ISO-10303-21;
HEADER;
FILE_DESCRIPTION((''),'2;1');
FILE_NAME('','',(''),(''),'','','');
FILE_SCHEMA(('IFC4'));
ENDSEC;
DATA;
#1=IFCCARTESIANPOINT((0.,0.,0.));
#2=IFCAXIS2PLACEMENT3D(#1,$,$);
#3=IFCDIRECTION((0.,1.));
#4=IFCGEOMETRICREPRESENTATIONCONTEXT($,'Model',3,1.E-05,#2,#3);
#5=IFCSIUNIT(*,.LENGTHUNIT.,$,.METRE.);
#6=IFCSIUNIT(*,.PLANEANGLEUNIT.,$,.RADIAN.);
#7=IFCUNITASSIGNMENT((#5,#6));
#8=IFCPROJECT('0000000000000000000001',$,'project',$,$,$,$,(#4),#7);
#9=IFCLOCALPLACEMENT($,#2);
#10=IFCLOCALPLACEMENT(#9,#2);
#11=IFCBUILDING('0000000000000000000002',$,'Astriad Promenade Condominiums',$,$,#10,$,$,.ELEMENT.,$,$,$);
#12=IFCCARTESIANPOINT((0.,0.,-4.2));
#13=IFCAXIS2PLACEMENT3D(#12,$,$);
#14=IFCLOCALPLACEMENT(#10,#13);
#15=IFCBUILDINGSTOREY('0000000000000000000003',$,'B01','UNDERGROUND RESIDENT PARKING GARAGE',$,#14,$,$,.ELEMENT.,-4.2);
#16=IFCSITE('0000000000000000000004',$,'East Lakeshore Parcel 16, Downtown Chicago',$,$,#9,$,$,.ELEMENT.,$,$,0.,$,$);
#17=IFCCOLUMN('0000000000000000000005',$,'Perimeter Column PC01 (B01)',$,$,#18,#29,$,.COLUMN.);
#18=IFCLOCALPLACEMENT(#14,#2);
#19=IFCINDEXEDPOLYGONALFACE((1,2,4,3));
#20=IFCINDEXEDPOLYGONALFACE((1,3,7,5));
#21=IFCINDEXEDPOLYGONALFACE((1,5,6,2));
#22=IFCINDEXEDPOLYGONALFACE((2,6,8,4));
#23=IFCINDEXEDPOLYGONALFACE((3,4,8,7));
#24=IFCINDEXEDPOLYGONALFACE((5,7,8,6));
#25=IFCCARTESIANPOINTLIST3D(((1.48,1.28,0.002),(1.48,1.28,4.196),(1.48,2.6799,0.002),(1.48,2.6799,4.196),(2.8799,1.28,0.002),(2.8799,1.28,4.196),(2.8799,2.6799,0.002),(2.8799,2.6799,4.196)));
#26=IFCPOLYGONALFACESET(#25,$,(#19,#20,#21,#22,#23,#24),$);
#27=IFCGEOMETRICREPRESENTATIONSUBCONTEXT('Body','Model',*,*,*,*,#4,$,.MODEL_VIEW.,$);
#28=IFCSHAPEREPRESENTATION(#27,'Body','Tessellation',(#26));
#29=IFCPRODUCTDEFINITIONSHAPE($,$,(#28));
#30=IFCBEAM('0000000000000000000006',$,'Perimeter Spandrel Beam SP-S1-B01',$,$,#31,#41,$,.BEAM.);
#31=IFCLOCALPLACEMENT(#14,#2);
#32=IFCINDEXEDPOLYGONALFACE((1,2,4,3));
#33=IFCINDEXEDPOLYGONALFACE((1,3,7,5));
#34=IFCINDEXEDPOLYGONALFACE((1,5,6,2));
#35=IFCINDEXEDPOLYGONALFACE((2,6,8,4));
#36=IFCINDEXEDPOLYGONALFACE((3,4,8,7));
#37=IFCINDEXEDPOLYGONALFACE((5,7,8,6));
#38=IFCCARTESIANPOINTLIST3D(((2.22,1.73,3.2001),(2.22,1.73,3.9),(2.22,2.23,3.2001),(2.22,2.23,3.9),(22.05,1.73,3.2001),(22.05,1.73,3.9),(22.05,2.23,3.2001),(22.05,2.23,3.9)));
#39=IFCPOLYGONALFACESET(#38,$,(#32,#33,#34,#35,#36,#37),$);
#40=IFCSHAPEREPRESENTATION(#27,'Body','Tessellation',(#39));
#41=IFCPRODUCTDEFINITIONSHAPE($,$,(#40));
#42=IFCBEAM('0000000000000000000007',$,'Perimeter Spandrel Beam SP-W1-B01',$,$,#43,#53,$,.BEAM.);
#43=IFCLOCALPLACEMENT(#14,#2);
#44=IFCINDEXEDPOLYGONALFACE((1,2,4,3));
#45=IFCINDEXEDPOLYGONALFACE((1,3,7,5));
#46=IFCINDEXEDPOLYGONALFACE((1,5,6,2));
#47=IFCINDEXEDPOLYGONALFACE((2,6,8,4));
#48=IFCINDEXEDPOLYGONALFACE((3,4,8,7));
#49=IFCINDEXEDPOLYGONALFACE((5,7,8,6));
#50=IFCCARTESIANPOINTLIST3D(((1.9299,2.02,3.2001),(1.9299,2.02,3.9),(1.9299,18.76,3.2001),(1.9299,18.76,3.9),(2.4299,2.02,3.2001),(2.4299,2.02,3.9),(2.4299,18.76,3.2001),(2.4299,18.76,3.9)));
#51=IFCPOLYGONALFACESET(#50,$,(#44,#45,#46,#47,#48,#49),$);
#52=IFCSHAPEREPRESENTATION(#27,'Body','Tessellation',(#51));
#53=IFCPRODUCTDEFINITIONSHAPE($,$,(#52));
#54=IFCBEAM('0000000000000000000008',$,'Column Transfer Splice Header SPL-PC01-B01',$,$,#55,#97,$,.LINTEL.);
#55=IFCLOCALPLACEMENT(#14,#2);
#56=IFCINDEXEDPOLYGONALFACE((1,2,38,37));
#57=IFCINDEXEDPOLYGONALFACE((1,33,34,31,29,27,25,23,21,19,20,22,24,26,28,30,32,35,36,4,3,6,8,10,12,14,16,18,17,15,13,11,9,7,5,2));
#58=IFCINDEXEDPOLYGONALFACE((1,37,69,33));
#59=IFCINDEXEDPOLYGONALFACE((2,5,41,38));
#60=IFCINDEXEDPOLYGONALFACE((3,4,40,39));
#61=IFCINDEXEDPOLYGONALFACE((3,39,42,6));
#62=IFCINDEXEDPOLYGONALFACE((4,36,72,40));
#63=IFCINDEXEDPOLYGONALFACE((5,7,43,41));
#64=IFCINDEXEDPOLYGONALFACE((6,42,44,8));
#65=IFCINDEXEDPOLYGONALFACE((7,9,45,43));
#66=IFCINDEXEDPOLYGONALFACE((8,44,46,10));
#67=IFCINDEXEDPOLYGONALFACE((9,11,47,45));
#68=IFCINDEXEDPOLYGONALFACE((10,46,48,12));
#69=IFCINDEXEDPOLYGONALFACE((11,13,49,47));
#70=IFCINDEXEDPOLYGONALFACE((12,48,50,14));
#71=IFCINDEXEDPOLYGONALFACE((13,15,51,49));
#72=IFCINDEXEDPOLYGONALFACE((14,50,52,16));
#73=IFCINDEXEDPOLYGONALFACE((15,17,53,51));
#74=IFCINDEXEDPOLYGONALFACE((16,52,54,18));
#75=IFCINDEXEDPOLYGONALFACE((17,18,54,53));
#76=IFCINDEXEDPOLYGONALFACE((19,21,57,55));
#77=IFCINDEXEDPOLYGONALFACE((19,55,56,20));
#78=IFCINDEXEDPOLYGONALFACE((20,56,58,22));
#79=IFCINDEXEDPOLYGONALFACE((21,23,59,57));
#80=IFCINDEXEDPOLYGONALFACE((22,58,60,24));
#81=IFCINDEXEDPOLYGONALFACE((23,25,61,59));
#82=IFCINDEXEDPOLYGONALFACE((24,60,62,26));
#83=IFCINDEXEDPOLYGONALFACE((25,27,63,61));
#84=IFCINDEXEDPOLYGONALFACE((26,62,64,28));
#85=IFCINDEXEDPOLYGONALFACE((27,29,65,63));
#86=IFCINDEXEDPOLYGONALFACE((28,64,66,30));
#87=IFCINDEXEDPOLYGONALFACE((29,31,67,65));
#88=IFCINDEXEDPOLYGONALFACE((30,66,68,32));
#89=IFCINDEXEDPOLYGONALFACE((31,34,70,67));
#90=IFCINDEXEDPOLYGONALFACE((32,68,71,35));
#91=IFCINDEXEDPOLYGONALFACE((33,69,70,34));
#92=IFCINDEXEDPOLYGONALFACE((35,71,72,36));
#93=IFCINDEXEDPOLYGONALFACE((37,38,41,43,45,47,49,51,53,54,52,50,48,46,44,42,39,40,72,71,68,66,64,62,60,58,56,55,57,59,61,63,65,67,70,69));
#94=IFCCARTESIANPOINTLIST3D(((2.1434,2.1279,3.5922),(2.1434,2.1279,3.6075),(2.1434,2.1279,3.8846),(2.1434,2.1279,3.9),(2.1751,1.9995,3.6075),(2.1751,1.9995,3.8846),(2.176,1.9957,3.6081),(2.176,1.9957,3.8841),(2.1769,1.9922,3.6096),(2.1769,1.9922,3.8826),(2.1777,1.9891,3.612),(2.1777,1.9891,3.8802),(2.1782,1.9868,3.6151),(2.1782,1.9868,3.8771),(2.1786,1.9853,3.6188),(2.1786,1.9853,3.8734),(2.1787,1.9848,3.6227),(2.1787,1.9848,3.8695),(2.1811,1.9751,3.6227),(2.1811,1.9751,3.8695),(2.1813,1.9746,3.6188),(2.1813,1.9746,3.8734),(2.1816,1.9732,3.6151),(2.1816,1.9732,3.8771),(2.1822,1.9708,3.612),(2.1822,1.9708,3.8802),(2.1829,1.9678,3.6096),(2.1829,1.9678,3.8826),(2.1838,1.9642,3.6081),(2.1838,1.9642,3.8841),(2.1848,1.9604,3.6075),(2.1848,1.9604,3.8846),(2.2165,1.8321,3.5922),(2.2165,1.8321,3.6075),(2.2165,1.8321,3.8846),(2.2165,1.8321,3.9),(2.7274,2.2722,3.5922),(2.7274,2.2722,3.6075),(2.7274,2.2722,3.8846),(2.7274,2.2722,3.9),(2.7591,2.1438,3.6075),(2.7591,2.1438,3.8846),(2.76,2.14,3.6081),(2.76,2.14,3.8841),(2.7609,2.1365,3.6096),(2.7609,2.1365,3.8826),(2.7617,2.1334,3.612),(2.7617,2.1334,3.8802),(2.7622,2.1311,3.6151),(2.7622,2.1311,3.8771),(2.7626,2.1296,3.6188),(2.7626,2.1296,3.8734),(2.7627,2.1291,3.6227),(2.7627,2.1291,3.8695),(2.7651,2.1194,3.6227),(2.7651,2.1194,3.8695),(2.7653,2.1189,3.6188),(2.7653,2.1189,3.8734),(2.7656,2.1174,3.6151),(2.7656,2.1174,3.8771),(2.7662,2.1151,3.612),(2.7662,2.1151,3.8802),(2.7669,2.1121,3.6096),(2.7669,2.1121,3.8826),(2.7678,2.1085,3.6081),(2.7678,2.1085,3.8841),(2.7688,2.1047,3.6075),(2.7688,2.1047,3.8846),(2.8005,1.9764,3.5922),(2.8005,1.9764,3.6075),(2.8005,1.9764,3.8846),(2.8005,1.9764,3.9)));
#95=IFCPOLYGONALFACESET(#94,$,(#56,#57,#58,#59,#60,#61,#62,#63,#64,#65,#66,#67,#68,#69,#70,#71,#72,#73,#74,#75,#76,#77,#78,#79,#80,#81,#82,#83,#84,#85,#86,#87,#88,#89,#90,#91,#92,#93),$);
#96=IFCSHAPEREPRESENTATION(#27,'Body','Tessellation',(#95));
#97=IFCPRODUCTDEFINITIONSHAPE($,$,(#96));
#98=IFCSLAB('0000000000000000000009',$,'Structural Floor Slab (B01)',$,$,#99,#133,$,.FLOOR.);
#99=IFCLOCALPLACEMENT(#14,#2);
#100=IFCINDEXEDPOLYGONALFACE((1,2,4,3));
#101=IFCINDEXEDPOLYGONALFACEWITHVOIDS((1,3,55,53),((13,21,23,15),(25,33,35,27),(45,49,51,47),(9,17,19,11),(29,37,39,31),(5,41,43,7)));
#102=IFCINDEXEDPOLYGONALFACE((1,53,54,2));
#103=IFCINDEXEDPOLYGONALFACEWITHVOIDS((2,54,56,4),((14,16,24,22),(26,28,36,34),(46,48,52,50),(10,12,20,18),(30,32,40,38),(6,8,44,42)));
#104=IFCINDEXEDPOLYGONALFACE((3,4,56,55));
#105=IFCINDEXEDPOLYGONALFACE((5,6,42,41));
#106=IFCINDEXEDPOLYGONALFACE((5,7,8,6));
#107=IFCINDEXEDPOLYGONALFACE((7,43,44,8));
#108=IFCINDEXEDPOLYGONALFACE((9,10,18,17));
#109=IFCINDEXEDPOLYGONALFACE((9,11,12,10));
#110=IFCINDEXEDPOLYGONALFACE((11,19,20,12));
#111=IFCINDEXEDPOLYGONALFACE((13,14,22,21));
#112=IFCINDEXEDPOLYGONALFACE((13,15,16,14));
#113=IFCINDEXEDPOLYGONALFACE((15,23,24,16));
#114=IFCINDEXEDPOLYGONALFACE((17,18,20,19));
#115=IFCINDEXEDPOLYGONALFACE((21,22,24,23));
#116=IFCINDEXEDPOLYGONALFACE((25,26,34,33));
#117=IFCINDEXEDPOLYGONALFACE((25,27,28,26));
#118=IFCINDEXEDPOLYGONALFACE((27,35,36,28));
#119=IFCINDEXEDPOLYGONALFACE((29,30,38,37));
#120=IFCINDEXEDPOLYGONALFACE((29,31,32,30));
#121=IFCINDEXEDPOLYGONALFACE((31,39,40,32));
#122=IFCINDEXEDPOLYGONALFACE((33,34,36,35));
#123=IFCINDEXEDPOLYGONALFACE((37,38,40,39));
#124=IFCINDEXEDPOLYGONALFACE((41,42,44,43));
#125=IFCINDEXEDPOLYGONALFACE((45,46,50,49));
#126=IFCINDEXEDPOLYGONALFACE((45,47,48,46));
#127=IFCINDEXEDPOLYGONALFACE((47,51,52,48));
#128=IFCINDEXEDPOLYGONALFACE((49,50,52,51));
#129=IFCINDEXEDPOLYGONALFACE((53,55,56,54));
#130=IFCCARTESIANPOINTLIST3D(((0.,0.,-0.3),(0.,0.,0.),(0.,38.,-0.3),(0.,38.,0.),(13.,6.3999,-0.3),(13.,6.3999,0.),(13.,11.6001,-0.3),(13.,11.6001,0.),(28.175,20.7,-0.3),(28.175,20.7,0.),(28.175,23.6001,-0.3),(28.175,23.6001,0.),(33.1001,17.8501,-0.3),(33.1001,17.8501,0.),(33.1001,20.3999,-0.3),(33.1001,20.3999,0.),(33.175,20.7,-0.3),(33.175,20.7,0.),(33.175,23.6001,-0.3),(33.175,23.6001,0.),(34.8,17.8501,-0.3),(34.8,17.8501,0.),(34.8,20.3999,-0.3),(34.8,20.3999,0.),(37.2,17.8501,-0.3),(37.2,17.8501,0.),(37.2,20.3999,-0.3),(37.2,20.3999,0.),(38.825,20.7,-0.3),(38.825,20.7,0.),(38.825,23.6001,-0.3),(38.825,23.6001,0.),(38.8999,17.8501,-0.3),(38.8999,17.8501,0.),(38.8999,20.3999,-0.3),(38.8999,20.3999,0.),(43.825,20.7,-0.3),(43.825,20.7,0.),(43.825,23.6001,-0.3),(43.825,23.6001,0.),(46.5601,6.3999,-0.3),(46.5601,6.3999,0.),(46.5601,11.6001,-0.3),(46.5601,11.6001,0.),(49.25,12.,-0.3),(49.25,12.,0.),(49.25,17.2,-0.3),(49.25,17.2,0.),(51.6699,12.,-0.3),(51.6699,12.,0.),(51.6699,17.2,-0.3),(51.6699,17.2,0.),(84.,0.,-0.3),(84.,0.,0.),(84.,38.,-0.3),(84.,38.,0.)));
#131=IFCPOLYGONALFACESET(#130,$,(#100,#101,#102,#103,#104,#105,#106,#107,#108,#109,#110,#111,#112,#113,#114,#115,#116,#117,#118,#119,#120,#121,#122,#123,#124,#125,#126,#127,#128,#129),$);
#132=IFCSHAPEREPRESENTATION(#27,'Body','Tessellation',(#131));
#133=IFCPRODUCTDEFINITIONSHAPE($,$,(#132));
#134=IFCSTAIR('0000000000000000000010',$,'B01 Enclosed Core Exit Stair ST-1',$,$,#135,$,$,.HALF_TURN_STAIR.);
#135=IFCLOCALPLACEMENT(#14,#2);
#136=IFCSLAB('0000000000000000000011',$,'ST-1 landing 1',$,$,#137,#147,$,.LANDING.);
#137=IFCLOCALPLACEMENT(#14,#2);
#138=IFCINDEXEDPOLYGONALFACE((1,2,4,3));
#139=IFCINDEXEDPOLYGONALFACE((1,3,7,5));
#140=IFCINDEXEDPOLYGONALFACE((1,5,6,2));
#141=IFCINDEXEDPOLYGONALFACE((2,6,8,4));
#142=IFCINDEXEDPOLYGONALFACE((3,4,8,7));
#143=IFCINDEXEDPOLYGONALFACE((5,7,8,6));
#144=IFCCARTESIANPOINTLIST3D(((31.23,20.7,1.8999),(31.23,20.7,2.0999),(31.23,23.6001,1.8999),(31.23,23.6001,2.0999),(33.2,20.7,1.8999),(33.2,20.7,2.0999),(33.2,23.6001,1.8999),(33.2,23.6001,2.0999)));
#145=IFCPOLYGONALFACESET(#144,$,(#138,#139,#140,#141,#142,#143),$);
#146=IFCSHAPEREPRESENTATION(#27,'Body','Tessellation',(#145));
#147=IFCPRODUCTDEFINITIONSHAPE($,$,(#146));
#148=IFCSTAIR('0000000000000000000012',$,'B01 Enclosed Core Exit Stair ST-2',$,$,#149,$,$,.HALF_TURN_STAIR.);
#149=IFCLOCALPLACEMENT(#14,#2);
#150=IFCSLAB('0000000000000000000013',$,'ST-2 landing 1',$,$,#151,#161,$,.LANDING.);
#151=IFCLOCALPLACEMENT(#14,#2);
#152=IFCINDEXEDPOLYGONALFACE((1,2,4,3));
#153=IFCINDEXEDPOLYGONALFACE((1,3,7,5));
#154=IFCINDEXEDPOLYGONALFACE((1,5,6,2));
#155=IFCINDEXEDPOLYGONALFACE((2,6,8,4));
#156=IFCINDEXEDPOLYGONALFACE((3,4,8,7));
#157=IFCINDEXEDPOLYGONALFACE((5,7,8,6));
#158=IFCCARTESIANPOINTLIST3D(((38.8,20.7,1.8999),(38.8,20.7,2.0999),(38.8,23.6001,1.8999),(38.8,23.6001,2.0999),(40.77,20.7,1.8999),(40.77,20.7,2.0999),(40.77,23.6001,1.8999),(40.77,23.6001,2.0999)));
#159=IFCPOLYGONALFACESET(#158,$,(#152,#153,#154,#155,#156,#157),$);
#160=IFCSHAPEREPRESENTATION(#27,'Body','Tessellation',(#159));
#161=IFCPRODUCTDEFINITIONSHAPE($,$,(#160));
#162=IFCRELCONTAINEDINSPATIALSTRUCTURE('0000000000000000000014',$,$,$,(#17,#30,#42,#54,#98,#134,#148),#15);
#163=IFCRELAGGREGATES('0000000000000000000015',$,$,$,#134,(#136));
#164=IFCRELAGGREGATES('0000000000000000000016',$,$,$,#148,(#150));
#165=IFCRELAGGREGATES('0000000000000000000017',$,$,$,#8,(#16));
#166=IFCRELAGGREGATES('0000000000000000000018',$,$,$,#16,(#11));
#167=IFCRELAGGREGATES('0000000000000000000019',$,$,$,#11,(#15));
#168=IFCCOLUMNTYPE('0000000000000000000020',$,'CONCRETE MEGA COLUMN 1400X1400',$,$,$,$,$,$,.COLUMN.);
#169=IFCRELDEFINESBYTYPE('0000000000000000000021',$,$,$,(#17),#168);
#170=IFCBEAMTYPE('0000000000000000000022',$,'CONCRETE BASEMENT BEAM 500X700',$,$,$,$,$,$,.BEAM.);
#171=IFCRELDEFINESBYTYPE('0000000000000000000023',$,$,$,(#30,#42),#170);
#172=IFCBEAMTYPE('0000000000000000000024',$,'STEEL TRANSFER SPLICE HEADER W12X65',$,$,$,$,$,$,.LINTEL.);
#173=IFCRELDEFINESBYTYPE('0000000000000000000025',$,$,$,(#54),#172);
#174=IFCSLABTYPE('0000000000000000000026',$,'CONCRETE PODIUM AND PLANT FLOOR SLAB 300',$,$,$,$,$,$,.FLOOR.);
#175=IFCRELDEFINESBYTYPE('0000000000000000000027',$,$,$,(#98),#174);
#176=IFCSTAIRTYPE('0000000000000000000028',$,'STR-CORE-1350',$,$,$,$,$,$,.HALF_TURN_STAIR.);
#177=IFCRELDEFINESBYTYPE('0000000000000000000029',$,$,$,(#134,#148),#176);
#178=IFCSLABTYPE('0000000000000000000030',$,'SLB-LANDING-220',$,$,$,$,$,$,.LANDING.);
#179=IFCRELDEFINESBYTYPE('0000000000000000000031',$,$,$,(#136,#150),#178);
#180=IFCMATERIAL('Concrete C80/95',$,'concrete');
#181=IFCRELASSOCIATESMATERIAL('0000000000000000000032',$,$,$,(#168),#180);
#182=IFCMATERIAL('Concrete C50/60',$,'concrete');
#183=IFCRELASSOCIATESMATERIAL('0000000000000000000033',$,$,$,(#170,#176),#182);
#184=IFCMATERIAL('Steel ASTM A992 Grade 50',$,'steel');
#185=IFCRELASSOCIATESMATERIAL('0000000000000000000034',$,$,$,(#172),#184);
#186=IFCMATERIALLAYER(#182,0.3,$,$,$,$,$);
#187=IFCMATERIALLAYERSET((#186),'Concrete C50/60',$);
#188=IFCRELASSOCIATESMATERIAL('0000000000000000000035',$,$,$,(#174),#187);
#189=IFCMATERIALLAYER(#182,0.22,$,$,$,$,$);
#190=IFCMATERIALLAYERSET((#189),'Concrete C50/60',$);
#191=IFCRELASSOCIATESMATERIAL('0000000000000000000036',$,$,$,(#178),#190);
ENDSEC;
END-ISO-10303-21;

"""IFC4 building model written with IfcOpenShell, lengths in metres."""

from ifc_helpers import new_model, si_unit, direction, frame, origin, origin_2d, place, context, subcontext, project, spatial, polyline, rectangle, i_section, outline, extrude, source, transform, mapped, material, layer, layer_set, material_profile, profile_set, type_object, type_shapes, element, aggregate, save


model = new_model("IFC4")

# Units and contexts
model_context = context("Model", 3, precision=1e-05, world=origin(), true_north=direction((0.0, 1.0)))
body_context = subcontext(model_context, "Body", "Model", "MODEL_VIEW")
ifc_project = project(units=[si_unit("LENGTHUNIT", "METRE"), si_unit("PLANEANGLEUNIT", "RADIAN")], contexts=[model_context])

# Site, building, storey
site_placement = place(None, origin())
site = spatial("IfcSite", under=ifc_project, at=site_placement, Name="East Lakeshore Parcel 16, Downtown Chicago", CompositionType="ELEMENT", RefElevation=0.0)
building_placement = place(site_placement, origin())
building = spatial("IfcBuilding", under=site, at=building_placement, Name="Astriad Promenade Condominiums", CompositionType="ELEMENT")
storey_placement = place(building_placement, frame((0.0, 0.0, -4.2)))
storey = spatial("IfcBuildingStorey", under=building, at=storey_placement, Name="B01", Description="UNDERGROUND RESIDENT PARKING GARAGE", CompositionType="ELEMENT", Elevation=-4.2)

# Column
ifc_material_1 = material(Name="Concrete C80/95", Category="concrete")
ifc_material_profile_1 = material_profile(ifc_material_1, rectangle(XDim=1.3999, YDim=1.3999, at=origin_2d()), Name="RC-COL-1400X1400")
ifc_profile_set_1 = profile_set([ifc_material_profile_1], Name="Concrete C80/95")
column_type = type_object("IfcColumnType", Name="CONCRETE MEGA COLUMN 1400X1400", PredefinedType="COLUMN", material=ifc_profile_set_1)
shared_shape_1 = source(origin(), body_context, "Body", "SweptSolid", [
    extrude(rectangle(XDim=1.3999, YDim=1.3999, at=origin_2d()), origin(), (0.0, 0.0, 1.0), 4.1941),
])
type_shapes(column_type, [shared_shape_1])
column_placement = place(storey_placement, frame((2.1799, 1.98, 0.002), z_axis=(0.0, 0.0, 1.0), x_axis=(1.0, 0.0, 0.0)))
element("IfcColumn", 1, at=column_placement, inside=storey, type_object=column_type, Name="Perimeter Column PC01 (B01)", PredefinedType="COLUMN", context=body_context, shape_type="MappedRepresentation", body=[
    mapped(shared_shape_1, transform((0.0, 0.0, 0.0), scale=1.0)),
])

# Beams
ifc_material_2 = material(Name="Concrete C50/60", Category="concrete")
ifc_material_profile_2 = material_profile(ifc_material_2, rectangle(XDim=0.5, YDim=0.7, at=origin_2d()), Name="RC-BM-500X700")
ifc_profile_set_2 = profile_set([ifc_material_profile_2], Name="Concrete C50/60")
beam_type_1 = type_object("IfcBeamType", Name="CONCRETE BASEMENT BEAM 500X700", PredefinedType="BEAM", material=ifc_profile_set_2)
shared_shape_2 = source(origin(), body_context, "Body", "SweptSolid", [
    extrude(rectangle(XDim=0.5, YDim=0.7, at=origin_2d()), origin(), (0.0, 0.0, 1.0), 19.8301),
])
beam_1_placement = place(storey_placement, frame((2.22, 1.98, 3.55), z_axis=(1.0, 0.0, 0.0), x_axis=(0.0, 1.0, 0.0)))
element("IfcBeam", 2, at=beam_1_placement, inside=storey, type_object=beam_type_1, Name="Perimeter Spandrel Beam SP-S1-B01", PredefinedType="BEAM", context=body_context, shape_type="MappedRepresentation", body=[
    mapped(shared_shape_2, transform((0.0, 0.0, 0.0), scale=1.0)),
])
shared_shape_3 = source(origin(), body_context, "Body", "SweptSolid", [
    extrude(rectangle(XDim=0.5, YDim=0.7, at=origin_2d()), origin(), (0.0, 0.0, 1.0), 16.74),
])
type_shapes(beam_type_1, [shared_shape_2, shared_shape_3])
beam_2_placement = place(storey_placement, frame((2.1799, 18.76, 3.55), z_axis=(0.0, -1.0, 0.0), x_axis=(1.0, 0.0, 0.0)))
element("IfcBeam", 3, at=beam_2_placement, inside=storey, type_object=beam_type_1, Name="Perimeter Spandrel Beam SP-W1-B01", PredefinedType="BEAM", context=body_context, shape_type="MappedRepresentation", body=[
    mapped(shared_shape_3, transform((0.0, 0.0, 0.0), scale=1.0)),
])
ifc_material_3 = material(Name="Steel ASTM A992 Grade 50", Category="steel")
ifc_material_profile_3 = material_profile(ifc_material_3, i_section(OverallWidth=0.3047, OverallDepth=0.3079, WebThickness=0.01, FlangeThickness=0.0154, FilletRadius=0.0151, at=origin_2d()), Name="W12X65")
ifc_profile_set_3 = profile_set([ifc_material_profile_3], Name="Steel ASTM A992 Grade 50")
beam_type_2 = type_object("IfcBeamType", Name="STEEL TRANSFER SPLICE HEADER W12X65", PredefinedType="LINTEL", material=ifc_profile_set_3)
shared_shape_4 = source(origin(), body_context, "Body", "SweptSolid", [
    extrude(i_section(OverallWidth=0.3047, OverallDepth=0.3079, WebThickness=0.01, FlangeThickness=0.0154, FilletRadius=0.0151, at=origin_2d()), origin(), (0.0, 0.0, 1.0), 0.6016),
])
type_shapes(beam_type_2, [shared_shape_4])
beam_3_placement = place(storey_placement, frame((2.1799, 1.98, 3.7461), z_axis=(0.970807, 0.239861, 0.0), x_axis=(-0.239861, 0.970807, 0.0)))
element("IfcBeam", 4, at=beam_3_placement, inside=storey, type_object=beam_type_2, Name="Column Transfer Splice Header SPL-PC01-B01", PredefinedType="LINTEL", context=body_context, shape_type="MappedRepresentation", body=[
    mapped(shared_shape_4, transform((0.0, 0.0, 0.0), scale=1.0)),
])

# Slab
ifc_layer_1 = layer(ifc_material_2, 0.3)
ifc_layer_set_1 = layer_set([ifc_layer_1], Name="Concrete C50/60")
slab_type_1 = type_object("IfcSlabType", Name="CONCRETE PODIUM AND PLANT FLOOR SLAB 300", PredefinedType="FLOOR", material=ifc_layer_set_1)
slab_1_placement = place(storey_placement, frame((0.0, 0.0, -0.3)))
element("IfcSlab", 5, at=slab_1_placement, inside=storey, type_object=slab_type_1, Name="Structural Floor Slab (B01)", PredefinedType="FLOOR", context=body_context, shape_type="SweptSolid", body=[
    extrude(outline(polyline([(0.0, 0.0), (84.0, 0.0), (84.0, 38.0), (0.0, 38.0), (0.0, 0.0)]), holes=[polyline([(28.175, 20.7), (33.175, 20.7), (33.175, 23.6001), (28.175, 23.6001), (28.175, 20.7)]), polyline([(38.825, 20.7), (43.825, 20.7), (43.825, 23.6001), (38.825, 23.6001), (38.825, 20.7)]), polyline([(33.1001, 17.8501), (34.8, 17.8501), (34.8, 20.3999), (33.1001, 20.3999), (33.1001, 17.8501)]), polyline([(37.2, 17.8501), (38.8999, 17.8501), (38.8999, 20.3999), (37.2, 20.3999), (37.2, 17.8501)]), polyline([(13.0, 6.3999), (46.5601, 6.3999), (46.5601, 11.6001), (13.0, 11.6001), (13.0, 6.3999)]), polyline([(49.25, 12.0), (51.6699, 12.0), (51.6699, 17.2), (49.25, 17.2), (49.25, 12.0)])]), origin(), (0.0, 0.0, 1.0), 0.3),
])

# Stairs, slabs
stair_type = type_object("IfcStairType", Name="STR-CORE-1350", PredefinedType="HALF_TURN_STAIR", material=ifc_material_2)
stair_1_placement = place(storey_placement, origin())
stair_1 = element("IfcStair", 6, at=stair_1_placement, inside=storey, type_object=stair_type, Name="B01 Enclosed Core Exit Stair ST-1", PredefinedType="HALF_TURN_STAIR")
ifc_layer_2 = layer(ifc_material_2, 0.22)
ifc_layer_set_2 = layer_set([ifc_layer_2], Name="Concrete C50/60")
slab_type_2 = type_object("IfcSlabType", Name="SLB-LANDING-220", PredefinedType="LANDING", material=ifc_layer_set_2)
slab_2_placement = place(storey_placement, frame((0.0, 0.0, 1.8999)))
slab_2 = element("IfcSlab", 7, at=slab_2_placement, type_object=slab_type_2, Name="ST-1 landing 1", PredefinedType="LANDING", context=body_context, shape_type="SweptSolid", body=[
    extrude(outline(polyline([(31.23, 20.7), (33.2, 20.7), (33.2, 23.6001), (31.23, 23.6001), (31.23, 20.7)])), origin(), (0.0, 0.0, 1.0), 0.2),
])
aggregate(stair_1, [slab_2])
stair_2_placement = place(storey_placement, origin())
stair_2 = element("IfcStair", 8, at=stair_2_placement, inside=storey, type_object=stair_type, Name="B01 Enclosed Core Exit Stair ST-2", PredefinedType="HALF_TURN_STAIR")
slab_3_placement = place(storey_placement, frame((0.0, 0.0, 1.8999)))
slab_3 = element("IfcSlab", 9, at=slab_3_placement, type_object=slab_type_2, Name="ST-2 landing 1", PredefinedType="LANDING", context=body_context, shape_type="SweptSolid", body=[
    extrude(outline(polyline([(40.77, 23.6001), (38.8, 23.6001), (38.8, 20.7), (40.77, 20.7), (40.77, 23.6001)])), origin(), (0.0, 0.0, 1.0), 0.2),
])
aggregate(stair_2, [slab_3])

save(model, "model.ifc")
